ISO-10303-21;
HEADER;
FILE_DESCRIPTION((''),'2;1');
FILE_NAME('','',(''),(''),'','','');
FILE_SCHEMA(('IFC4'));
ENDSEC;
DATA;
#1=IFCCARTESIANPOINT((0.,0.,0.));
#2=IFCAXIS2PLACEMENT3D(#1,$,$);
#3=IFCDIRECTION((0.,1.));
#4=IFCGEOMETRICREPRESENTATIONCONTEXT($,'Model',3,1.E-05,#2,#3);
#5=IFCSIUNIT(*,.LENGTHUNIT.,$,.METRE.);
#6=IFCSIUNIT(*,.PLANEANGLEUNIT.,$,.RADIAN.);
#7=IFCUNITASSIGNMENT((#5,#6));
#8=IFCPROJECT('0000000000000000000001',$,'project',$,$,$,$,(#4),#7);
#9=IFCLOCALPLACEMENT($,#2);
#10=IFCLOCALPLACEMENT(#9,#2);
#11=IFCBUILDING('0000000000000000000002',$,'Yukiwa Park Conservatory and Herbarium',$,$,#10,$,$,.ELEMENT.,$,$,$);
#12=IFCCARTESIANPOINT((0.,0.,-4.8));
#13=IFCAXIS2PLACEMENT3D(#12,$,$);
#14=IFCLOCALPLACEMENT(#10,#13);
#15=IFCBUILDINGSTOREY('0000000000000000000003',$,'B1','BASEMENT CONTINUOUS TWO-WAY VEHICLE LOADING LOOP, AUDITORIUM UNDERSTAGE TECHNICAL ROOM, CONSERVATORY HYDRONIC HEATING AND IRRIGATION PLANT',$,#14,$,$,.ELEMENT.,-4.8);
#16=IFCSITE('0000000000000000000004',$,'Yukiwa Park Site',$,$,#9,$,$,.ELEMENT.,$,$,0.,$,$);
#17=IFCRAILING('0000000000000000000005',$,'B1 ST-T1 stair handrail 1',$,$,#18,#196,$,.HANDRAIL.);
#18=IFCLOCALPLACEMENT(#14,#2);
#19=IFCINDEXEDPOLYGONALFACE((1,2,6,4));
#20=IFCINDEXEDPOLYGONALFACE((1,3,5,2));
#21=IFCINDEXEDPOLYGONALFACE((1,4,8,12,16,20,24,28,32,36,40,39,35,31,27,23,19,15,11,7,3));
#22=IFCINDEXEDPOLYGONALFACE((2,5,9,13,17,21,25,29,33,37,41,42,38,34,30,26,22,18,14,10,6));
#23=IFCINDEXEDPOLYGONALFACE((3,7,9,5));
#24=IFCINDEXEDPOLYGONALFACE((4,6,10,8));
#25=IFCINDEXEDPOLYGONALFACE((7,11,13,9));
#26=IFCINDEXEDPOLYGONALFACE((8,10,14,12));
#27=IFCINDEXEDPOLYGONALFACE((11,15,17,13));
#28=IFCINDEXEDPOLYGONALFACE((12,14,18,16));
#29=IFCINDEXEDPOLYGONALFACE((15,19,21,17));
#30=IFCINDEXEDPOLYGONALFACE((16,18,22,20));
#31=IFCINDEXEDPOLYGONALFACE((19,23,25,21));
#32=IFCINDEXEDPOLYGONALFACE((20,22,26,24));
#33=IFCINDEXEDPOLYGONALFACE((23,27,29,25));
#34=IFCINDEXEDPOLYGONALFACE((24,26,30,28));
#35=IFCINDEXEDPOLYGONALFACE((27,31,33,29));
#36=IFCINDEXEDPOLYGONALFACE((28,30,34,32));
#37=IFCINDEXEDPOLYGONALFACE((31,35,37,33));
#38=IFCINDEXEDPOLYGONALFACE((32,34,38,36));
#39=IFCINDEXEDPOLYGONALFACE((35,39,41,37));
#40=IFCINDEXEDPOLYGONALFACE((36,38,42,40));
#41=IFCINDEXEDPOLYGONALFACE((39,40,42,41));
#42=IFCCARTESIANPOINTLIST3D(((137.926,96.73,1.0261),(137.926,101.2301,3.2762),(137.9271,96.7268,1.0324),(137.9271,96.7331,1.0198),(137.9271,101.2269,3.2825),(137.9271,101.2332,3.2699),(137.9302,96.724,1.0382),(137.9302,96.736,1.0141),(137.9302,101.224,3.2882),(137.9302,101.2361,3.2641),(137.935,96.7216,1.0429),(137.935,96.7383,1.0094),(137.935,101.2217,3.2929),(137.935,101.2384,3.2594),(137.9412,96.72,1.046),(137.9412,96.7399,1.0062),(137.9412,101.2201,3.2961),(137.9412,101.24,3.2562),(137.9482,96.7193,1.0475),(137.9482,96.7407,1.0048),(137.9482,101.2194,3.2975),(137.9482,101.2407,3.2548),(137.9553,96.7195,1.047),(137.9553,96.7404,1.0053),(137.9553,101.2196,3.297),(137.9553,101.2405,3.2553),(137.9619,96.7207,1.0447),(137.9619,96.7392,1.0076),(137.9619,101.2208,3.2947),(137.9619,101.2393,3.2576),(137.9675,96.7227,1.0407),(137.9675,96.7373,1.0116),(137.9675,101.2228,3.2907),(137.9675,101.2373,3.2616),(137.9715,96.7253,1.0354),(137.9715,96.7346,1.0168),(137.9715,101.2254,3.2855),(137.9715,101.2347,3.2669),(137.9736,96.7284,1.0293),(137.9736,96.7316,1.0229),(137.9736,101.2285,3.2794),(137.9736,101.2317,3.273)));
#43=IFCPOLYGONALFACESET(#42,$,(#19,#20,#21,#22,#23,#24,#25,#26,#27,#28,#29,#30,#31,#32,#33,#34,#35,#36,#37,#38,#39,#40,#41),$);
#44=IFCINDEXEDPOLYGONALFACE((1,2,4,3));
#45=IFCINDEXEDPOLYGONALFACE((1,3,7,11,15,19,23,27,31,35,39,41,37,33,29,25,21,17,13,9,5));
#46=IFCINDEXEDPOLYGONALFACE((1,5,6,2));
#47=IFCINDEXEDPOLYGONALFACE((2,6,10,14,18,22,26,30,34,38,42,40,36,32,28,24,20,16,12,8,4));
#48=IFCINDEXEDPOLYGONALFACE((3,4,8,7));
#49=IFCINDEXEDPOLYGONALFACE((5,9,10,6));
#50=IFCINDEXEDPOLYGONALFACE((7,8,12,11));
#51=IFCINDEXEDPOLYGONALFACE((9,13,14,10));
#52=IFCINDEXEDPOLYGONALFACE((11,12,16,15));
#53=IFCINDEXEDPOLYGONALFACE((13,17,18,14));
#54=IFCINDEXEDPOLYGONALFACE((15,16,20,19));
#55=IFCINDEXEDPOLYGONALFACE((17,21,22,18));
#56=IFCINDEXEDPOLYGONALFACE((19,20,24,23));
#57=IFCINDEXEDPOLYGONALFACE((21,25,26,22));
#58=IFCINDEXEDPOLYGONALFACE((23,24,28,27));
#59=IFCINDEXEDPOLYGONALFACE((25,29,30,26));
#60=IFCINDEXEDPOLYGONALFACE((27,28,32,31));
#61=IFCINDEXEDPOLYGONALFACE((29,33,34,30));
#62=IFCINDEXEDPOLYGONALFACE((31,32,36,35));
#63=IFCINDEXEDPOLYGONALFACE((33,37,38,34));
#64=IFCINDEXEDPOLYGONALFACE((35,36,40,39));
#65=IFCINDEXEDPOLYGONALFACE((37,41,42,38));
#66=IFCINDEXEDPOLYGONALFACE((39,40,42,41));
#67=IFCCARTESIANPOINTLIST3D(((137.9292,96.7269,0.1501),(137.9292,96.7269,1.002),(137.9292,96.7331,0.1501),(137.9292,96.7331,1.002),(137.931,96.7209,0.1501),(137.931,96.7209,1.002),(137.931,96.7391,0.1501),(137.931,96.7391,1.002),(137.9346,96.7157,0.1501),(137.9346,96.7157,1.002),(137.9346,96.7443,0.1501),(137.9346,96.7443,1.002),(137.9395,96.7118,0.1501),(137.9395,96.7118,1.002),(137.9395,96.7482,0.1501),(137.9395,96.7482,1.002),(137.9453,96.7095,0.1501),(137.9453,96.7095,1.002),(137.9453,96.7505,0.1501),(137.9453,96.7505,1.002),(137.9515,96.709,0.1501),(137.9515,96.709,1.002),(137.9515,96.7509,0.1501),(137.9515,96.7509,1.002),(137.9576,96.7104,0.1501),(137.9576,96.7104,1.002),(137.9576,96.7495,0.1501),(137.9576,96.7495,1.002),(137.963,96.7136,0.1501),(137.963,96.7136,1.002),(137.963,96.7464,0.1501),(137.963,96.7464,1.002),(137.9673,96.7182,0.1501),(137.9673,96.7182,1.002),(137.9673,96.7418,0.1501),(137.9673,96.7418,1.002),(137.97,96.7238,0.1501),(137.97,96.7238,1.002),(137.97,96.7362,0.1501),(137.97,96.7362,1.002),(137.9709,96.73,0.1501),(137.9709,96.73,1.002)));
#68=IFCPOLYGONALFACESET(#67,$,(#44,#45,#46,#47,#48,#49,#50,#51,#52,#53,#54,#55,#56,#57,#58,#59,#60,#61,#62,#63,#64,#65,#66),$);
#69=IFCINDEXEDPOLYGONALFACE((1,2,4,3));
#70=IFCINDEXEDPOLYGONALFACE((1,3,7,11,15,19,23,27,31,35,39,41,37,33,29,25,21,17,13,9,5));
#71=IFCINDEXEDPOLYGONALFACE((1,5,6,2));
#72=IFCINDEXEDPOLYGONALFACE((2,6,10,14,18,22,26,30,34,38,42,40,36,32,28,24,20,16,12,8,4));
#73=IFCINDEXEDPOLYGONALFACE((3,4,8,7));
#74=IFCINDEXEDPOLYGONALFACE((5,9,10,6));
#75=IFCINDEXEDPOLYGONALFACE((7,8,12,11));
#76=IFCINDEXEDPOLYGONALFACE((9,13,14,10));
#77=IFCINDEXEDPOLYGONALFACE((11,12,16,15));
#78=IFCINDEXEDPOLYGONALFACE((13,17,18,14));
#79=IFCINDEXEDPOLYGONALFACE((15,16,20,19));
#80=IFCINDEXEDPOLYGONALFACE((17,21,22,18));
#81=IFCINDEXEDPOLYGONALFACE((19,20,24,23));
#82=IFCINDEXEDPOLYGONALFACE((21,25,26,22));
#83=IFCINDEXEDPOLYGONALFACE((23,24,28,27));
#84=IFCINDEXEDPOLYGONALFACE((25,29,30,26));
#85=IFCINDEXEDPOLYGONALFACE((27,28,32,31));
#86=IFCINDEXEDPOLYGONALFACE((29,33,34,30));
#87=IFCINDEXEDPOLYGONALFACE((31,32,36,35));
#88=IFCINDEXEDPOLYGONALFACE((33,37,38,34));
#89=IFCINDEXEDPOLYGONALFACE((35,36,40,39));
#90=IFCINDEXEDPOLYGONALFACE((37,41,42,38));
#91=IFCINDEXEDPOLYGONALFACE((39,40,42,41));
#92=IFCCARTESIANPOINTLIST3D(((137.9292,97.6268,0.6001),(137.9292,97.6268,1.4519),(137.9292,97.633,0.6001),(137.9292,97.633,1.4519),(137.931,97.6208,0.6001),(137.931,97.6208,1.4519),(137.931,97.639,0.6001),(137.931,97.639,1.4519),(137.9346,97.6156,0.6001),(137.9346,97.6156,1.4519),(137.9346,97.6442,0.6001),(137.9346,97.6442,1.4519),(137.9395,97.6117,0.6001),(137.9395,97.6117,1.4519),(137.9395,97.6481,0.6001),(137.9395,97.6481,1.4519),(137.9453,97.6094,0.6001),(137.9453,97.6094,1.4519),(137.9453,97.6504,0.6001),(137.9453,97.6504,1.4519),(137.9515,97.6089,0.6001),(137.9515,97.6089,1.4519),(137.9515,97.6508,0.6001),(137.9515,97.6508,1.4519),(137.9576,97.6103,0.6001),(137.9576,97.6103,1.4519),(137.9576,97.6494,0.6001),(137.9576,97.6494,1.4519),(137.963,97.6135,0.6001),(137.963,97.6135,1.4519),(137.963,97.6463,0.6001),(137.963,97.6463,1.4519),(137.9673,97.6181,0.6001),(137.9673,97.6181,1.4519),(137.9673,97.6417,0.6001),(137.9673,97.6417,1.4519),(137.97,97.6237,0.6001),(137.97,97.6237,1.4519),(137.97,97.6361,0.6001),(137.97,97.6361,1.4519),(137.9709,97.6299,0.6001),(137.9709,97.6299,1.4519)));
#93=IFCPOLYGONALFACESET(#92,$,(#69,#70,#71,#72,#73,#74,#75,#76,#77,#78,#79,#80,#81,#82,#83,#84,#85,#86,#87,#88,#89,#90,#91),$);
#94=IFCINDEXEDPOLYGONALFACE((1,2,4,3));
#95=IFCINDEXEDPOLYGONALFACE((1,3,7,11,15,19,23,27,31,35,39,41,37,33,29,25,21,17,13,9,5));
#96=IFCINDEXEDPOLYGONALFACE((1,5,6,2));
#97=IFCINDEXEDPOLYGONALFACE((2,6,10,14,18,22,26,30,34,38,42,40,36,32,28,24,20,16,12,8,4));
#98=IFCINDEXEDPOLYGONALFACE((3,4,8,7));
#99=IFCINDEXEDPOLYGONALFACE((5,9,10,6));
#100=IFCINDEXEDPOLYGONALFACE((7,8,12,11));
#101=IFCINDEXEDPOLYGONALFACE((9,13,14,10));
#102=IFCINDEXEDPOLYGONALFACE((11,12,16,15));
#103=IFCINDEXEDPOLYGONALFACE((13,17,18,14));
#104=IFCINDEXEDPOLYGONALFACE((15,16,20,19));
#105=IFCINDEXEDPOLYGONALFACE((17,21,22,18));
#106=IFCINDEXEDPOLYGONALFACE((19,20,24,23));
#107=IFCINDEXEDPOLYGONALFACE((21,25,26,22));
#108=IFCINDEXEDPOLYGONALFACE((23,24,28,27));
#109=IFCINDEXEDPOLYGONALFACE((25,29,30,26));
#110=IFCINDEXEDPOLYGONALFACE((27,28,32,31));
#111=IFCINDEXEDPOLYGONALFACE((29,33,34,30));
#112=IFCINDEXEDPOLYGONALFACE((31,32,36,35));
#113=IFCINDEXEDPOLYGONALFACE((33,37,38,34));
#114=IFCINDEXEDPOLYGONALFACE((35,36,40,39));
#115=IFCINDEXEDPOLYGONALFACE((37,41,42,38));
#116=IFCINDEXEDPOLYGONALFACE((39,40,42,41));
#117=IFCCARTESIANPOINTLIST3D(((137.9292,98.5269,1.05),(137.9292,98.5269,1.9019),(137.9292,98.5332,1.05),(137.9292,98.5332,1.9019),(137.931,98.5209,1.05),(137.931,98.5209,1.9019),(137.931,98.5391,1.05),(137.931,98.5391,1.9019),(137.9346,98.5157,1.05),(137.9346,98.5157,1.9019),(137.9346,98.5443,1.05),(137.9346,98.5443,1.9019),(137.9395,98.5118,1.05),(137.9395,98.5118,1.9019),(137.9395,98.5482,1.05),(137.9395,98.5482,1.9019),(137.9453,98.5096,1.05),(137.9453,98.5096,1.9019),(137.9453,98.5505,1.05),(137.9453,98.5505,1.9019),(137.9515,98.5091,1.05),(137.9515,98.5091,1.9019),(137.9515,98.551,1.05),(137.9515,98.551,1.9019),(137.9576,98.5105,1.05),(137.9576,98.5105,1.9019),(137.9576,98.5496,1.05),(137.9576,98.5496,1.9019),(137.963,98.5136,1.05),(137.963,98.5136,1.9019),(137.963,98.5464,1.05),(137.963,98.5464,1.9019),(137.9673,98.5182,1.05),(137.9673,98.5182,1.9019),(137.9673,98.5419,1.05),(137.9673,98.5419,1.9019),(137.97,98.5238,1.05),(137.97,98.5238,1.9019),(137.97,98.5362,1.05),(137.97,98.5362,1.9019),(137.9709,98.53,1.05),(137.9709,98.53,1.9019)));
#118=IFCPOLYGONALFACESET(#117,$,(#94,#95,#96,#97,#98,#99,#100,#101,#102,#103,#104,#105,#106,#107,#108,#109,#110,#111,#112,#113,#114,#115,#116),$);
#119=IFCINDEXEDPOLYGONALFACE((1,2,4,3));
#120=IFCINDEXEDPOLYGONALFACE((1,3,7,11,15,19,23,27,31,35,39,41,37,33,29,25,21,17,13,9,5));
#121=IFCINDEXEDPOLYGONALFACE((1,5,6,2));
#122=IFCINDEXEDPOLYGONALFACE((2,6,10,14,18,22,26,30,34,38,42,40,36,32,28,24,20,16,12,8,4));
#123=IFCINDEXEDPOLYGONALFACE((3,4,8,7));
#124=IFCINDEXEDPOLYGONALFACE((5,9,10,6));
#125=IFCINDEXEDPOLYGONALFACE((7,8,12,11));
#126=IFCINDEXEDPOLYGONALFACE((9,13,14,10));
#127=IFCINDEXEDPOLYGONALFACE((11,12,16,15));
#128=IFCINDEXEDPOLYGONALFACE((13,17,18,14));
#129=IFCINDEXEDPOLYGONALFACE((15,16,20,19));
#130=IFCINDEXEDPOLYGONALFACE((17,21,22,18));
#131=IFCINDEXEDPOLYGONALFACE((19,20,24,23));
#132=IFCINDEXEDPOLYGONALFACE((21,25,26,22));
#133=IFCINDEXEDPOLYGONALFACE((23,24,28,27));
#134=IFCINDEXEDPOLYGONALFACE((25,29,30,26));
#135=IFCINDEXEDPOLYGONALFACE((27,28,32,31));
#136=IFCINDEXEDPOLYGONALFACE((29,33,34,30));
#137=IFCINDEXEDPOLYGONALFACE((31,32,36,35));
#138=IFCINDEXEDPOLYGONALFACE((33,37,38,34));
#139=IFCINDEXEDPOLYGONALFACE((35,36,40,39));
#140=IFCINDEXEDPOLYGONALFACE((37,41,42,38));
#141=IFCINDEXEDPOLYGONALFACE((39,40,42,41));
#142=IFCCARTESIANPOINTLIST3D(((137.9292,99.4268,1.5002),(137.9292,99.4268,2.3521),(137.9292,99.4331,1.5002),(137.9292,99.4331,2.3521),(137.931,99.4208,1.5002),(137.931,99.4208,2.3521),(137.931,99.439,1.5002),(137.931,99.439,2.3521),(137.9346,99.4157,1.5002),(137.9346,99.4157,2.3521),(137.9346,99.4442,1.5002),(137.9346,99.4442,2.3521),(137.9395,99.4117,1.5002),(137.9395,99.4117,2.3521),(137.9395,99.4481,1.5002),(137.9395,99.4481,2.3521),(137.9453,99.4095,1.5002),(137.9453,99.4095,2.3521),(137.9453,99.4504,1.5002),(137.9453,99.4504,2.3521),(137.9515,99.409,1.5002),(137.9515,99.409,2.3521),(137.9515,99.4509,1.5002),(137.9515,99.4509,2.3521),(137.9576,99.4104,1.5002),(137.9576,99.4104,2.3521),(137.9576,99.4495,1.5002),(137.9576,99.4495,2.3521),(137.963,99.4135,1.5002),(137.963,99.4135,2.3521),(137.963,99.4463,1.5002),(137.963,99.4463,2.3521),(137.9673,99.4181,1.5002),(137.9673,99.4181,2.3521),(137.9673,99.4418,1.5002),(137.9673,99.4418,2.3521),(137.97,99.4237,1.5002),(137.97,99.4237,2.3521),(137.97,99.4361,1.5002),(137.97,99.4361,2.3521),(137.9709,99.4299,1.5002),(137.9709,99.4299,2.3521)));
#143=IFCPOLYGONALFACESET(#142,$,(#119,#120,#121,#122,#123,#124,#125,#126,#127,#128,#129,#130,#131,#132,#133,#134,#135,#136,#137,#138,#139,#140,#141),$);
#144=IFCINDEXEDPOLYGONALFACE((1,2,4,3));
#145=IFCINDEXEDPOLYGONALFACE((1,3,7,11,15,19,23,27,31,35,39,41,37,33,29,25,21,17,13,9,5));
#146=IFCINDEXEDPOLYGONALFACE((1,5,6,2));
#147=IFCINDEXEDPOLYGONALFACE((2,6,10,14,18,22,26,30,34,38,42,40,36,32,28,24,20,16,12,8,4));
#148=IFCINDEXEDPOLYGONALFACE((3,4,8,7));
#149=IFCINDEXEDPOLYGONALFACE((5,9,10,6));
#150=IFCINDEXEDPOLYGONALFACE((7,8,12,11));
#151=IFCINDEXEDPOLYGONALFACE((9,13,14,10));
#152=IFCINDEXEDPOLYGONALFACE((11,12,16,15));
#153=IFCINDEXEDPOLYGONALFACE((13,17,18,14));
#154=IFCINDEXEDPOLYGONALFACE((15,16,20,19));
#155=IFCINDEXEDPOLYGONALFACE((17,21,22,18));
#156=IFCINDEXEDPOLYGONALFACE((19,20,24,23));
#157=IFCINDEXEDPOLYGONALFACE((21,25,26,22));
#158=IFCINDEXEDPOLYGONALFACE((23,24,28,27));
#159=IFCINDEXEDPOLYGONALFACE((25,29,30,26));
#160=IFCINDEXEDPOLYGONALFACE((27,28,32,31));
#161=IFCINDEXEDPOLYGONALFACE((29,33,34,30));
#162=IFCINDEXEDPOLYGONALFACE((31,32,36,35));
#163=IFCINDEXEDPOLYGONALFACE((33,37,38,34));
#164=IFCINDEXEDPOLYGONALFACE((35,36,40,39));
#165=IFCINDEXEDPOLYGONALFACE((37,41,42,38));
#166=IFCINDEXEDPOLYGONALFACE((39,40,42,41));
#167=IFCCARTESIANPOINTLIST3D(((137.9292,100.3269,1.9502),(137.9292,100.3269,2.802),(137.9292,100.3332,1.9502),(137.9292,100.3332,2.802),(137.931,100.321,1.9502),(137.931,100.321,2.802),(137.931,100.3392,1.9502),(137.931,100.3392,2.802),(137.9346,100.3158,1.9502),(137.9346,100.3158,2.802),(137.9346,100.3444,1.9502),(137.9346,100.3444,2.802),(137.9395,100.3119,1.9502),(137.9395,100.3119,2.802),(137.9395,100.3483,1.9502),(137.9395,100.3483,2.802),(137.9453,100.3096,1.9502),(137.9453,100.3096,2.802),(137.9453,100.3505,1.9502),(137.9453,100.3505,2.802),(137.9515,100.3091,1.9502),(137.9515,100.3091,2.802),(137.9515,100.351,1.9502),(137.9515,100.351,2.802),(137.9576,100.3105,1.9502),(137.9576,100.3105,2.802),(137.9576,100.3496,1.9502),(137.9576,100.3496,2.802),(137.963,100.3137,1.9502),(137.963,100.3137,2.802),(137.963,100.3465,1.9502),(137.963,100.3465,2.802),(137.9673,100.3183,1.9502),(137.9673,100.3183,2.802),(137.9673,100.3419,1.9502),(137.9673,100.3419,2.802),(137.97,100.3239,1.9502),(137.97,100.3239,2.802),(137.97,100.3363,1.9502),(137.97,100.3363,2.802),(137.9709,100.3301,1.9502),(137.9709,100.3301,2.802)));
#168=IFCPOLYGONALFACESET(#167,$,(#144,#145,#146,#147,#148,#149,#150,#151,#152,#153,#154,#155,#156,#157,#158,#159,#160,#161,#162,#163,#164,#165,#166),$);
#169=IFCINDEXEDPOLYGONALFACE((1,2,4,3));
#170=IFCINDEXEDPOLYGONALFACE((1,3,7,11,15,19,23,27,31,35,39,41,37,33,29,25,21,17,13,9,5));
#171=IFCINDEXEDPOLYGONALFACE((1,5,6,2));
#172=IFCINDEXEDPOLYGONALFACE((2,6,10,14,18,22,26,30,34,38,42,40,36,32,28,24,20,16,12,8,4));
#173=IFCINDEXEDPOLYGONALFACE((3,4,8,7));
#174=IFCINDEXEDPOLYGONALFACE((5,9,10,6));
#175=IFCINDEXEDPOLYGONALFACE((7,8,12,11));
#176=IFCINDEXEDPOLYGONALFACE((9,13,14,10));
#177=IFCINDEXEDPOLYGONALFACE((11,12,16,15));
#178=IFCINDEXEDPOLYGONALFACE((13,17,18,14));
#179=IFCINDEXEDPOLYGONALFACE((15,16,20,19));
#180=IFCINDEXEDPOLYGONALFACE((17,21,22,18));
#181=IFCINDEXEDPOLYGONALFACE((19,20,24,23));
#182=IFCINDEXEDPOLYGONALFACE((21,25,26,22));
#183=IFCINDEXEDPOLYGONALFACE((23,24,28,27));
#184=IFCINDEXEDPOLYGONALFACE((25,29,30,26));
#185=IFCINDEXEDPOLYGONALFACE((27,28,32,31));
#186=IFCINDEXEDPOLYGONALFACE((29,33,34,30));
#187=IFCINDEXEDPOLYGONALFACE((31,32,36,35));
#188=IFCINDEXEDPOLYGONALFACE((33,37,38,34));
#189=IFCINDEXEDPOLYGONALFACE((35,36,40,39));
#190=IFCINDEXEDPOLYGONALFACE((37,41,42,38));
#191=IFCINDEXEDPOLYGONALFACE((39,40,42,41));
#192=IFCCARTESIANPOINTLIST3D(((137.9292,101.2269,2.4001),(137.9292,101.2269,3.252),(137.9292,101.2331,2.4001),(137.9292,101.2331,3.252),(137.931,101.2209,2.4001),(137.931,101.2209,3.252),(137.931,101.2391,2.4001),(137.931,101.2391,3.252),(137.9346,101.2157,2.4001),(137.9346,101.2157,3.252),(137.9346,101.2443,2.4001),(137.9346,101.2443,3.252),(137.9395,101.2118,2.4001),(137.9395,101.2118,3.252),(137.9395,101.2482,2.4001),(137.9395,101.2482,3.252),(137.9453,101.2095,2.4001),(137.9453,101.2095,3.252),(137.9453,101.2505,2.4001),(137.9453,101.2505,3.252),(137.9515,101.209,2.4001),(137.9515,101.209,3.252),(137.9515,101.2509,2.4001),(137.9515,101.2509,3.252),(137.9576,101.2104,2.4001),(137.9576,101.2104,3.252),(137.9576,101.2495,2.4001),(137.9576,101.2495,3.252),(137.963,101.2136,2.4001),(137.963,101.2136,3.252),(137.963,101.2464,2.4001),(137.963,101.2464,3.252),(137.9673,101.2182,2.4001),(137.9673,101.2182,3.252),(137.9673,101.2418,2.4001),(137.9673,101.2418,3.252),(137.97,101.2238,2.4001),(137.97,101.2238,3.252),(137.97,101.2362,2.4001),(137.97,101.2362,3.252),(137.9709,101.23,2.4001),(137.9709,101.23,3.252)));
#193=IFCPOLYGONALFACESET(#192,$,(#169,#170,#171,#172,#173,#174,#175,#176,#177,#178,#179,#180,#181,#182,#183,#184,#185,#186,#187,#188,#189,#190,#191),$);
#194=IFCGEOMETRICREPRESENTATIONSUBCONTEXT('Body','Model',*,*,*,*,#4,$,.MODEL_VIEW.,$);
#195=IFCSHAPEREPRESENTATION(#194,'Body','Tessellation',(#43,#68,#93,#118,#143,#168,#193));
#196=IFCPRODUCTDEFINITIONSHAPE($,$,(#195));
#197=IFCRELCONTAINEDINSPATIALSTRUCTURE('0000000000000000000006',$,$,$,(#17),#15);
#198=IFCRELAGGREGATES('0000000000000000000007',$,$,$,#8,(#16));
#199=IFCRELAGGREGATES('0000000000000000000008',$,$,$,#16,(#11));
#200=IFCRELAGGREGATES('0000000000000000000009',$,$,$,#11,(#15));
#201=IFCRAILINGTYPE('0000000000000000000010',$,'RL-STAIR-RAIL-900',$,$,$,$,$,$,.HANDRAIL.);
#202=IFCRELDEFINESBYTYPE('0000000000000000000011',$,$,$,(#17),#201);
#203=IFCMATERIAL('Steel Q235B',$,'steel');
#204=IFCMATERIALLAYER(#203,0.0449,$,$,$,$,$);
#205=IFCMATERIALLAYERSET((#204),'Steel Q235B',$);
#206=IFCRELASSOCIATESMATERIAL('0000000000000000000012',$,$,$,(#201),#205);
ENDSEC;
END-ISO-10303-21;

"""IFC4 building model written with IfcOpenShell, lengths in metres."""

from ifc_helpers import new_model, si_unit, direction, frame, origin, origin_2d, place, context, subcontext, project, spatial, circle, extrude, material, layer, layer_set, type_object, element, save


model = new_model("IFC4")

# Units and contexts
model_context = context("Model", 3, precision=1e-05, world=origin(), true_north=direction((0.0, 1.0)))
body_context = subcontext(model_context, "Body", "Model", "MODEL_VIEW")
ifc_project = project(units=[si_unit("LENGTHUNIT", "METRE"), si_unit("PLANEANGLEUNIT", "RADIAN")], contexts=[model_context])

# Site, building, storey
site_placement = place(None, origin())
site = spatial("IfcSite", under=ifc_project, at=site_placement, Name="Yukiwa Park Site", CompositionType="ELEMENT", RefElevation=0.0)
building_placement = place(site_placement, origin())
building = spatial("IfcBuilding", under=site, at=building_placement, Name="Yukiwa Park Conservatory and Herbarium", CompositionType="ELEMENT")
storey_placement = place(building_placement, frame((0.0, 0.0, -4.8)))
storey = spatial("IfcBuildingStorey", under=building, at=storey_placement, Name="B1", Description="BASEMENT CONTINUOUS TWO-WAY VEHICLE LOADING LOOP, AUDITORIUM UNDERSTAGE TECHNICAL ROOM, CONSERVATORY HYDRONIC HEATING AND IRRIGATION PLANT", CompositionType="ELEMENT", Elevation=-4.8)

# Railing
ifc_material_1 = material(Name="Steel Q235B", Category="steel")
ifc_layer_1 = layer(ifc_material_1, 0.0449)
ifc_layer_set_1 = layer_set([ifc_layer_1], Name="Steel Q235B")
railing_type_1 = type_object("IfcRailingType", Name="RL-STAIR-RAIL-900", PredefinedType="HANDRAIL", material=ifc_layer_set_1)
railing_1_placement = place(storey_placement, frame((137.95, 96.73, 0.1501)))
element("IfcRailing", 1, at=railing_1_placement, inside=storey, type_object=railing_type_1, Name="B1 ST-T1 stair handrail 1", PredefinedType="HANDRAIL", context=body_context, shape_type="SweptSolid", body=[
    extrude(circle(Radius=0.0239, at=origin_2d()), frame((0.0, 0.0, 0.876), z_axis=(0.0, 0.894427, 0.447214), x_axis=(-1.0, 0.0, 0.0)), (0.0, 0.0, 1.0), 5.0312),
    extrude(circle(Radius=0.021, at=origin_2d()), origin(), (0.0, 0.0, 1.0), 0.8518),
    extrude(circle(Radius=0.021, at=origin_2d()), frame((0.0, 0.8999, 0.45)), (0.0, 0.0, 1.0), 0.8518),
    extrude(circle(Radius=0.021, at=origin_2d()), frame((0.0, 1.8, 0.8999)), (0.0, 0.0, 1.0), 0.8518),
    extrude(circle(Radius=0.021, at=origin_2d()), frame((0.0, 2.7, 1.3501)), (0.0, 0.0, 1.0), 0.8518),
    extrude(circle(Radius=0.021, at=origin_2d()), frame((0.0, 3.6001, 1.8)), (0.0, 0.0, 1.0), 0.8518),
    extrude(circle(Radius=0.021, at=origin_2d()), frame((0.0, 4.5, 2.25)), (0.0, 0.0, 1.0), 0.8518),
])

save(model, "model.ifc")
